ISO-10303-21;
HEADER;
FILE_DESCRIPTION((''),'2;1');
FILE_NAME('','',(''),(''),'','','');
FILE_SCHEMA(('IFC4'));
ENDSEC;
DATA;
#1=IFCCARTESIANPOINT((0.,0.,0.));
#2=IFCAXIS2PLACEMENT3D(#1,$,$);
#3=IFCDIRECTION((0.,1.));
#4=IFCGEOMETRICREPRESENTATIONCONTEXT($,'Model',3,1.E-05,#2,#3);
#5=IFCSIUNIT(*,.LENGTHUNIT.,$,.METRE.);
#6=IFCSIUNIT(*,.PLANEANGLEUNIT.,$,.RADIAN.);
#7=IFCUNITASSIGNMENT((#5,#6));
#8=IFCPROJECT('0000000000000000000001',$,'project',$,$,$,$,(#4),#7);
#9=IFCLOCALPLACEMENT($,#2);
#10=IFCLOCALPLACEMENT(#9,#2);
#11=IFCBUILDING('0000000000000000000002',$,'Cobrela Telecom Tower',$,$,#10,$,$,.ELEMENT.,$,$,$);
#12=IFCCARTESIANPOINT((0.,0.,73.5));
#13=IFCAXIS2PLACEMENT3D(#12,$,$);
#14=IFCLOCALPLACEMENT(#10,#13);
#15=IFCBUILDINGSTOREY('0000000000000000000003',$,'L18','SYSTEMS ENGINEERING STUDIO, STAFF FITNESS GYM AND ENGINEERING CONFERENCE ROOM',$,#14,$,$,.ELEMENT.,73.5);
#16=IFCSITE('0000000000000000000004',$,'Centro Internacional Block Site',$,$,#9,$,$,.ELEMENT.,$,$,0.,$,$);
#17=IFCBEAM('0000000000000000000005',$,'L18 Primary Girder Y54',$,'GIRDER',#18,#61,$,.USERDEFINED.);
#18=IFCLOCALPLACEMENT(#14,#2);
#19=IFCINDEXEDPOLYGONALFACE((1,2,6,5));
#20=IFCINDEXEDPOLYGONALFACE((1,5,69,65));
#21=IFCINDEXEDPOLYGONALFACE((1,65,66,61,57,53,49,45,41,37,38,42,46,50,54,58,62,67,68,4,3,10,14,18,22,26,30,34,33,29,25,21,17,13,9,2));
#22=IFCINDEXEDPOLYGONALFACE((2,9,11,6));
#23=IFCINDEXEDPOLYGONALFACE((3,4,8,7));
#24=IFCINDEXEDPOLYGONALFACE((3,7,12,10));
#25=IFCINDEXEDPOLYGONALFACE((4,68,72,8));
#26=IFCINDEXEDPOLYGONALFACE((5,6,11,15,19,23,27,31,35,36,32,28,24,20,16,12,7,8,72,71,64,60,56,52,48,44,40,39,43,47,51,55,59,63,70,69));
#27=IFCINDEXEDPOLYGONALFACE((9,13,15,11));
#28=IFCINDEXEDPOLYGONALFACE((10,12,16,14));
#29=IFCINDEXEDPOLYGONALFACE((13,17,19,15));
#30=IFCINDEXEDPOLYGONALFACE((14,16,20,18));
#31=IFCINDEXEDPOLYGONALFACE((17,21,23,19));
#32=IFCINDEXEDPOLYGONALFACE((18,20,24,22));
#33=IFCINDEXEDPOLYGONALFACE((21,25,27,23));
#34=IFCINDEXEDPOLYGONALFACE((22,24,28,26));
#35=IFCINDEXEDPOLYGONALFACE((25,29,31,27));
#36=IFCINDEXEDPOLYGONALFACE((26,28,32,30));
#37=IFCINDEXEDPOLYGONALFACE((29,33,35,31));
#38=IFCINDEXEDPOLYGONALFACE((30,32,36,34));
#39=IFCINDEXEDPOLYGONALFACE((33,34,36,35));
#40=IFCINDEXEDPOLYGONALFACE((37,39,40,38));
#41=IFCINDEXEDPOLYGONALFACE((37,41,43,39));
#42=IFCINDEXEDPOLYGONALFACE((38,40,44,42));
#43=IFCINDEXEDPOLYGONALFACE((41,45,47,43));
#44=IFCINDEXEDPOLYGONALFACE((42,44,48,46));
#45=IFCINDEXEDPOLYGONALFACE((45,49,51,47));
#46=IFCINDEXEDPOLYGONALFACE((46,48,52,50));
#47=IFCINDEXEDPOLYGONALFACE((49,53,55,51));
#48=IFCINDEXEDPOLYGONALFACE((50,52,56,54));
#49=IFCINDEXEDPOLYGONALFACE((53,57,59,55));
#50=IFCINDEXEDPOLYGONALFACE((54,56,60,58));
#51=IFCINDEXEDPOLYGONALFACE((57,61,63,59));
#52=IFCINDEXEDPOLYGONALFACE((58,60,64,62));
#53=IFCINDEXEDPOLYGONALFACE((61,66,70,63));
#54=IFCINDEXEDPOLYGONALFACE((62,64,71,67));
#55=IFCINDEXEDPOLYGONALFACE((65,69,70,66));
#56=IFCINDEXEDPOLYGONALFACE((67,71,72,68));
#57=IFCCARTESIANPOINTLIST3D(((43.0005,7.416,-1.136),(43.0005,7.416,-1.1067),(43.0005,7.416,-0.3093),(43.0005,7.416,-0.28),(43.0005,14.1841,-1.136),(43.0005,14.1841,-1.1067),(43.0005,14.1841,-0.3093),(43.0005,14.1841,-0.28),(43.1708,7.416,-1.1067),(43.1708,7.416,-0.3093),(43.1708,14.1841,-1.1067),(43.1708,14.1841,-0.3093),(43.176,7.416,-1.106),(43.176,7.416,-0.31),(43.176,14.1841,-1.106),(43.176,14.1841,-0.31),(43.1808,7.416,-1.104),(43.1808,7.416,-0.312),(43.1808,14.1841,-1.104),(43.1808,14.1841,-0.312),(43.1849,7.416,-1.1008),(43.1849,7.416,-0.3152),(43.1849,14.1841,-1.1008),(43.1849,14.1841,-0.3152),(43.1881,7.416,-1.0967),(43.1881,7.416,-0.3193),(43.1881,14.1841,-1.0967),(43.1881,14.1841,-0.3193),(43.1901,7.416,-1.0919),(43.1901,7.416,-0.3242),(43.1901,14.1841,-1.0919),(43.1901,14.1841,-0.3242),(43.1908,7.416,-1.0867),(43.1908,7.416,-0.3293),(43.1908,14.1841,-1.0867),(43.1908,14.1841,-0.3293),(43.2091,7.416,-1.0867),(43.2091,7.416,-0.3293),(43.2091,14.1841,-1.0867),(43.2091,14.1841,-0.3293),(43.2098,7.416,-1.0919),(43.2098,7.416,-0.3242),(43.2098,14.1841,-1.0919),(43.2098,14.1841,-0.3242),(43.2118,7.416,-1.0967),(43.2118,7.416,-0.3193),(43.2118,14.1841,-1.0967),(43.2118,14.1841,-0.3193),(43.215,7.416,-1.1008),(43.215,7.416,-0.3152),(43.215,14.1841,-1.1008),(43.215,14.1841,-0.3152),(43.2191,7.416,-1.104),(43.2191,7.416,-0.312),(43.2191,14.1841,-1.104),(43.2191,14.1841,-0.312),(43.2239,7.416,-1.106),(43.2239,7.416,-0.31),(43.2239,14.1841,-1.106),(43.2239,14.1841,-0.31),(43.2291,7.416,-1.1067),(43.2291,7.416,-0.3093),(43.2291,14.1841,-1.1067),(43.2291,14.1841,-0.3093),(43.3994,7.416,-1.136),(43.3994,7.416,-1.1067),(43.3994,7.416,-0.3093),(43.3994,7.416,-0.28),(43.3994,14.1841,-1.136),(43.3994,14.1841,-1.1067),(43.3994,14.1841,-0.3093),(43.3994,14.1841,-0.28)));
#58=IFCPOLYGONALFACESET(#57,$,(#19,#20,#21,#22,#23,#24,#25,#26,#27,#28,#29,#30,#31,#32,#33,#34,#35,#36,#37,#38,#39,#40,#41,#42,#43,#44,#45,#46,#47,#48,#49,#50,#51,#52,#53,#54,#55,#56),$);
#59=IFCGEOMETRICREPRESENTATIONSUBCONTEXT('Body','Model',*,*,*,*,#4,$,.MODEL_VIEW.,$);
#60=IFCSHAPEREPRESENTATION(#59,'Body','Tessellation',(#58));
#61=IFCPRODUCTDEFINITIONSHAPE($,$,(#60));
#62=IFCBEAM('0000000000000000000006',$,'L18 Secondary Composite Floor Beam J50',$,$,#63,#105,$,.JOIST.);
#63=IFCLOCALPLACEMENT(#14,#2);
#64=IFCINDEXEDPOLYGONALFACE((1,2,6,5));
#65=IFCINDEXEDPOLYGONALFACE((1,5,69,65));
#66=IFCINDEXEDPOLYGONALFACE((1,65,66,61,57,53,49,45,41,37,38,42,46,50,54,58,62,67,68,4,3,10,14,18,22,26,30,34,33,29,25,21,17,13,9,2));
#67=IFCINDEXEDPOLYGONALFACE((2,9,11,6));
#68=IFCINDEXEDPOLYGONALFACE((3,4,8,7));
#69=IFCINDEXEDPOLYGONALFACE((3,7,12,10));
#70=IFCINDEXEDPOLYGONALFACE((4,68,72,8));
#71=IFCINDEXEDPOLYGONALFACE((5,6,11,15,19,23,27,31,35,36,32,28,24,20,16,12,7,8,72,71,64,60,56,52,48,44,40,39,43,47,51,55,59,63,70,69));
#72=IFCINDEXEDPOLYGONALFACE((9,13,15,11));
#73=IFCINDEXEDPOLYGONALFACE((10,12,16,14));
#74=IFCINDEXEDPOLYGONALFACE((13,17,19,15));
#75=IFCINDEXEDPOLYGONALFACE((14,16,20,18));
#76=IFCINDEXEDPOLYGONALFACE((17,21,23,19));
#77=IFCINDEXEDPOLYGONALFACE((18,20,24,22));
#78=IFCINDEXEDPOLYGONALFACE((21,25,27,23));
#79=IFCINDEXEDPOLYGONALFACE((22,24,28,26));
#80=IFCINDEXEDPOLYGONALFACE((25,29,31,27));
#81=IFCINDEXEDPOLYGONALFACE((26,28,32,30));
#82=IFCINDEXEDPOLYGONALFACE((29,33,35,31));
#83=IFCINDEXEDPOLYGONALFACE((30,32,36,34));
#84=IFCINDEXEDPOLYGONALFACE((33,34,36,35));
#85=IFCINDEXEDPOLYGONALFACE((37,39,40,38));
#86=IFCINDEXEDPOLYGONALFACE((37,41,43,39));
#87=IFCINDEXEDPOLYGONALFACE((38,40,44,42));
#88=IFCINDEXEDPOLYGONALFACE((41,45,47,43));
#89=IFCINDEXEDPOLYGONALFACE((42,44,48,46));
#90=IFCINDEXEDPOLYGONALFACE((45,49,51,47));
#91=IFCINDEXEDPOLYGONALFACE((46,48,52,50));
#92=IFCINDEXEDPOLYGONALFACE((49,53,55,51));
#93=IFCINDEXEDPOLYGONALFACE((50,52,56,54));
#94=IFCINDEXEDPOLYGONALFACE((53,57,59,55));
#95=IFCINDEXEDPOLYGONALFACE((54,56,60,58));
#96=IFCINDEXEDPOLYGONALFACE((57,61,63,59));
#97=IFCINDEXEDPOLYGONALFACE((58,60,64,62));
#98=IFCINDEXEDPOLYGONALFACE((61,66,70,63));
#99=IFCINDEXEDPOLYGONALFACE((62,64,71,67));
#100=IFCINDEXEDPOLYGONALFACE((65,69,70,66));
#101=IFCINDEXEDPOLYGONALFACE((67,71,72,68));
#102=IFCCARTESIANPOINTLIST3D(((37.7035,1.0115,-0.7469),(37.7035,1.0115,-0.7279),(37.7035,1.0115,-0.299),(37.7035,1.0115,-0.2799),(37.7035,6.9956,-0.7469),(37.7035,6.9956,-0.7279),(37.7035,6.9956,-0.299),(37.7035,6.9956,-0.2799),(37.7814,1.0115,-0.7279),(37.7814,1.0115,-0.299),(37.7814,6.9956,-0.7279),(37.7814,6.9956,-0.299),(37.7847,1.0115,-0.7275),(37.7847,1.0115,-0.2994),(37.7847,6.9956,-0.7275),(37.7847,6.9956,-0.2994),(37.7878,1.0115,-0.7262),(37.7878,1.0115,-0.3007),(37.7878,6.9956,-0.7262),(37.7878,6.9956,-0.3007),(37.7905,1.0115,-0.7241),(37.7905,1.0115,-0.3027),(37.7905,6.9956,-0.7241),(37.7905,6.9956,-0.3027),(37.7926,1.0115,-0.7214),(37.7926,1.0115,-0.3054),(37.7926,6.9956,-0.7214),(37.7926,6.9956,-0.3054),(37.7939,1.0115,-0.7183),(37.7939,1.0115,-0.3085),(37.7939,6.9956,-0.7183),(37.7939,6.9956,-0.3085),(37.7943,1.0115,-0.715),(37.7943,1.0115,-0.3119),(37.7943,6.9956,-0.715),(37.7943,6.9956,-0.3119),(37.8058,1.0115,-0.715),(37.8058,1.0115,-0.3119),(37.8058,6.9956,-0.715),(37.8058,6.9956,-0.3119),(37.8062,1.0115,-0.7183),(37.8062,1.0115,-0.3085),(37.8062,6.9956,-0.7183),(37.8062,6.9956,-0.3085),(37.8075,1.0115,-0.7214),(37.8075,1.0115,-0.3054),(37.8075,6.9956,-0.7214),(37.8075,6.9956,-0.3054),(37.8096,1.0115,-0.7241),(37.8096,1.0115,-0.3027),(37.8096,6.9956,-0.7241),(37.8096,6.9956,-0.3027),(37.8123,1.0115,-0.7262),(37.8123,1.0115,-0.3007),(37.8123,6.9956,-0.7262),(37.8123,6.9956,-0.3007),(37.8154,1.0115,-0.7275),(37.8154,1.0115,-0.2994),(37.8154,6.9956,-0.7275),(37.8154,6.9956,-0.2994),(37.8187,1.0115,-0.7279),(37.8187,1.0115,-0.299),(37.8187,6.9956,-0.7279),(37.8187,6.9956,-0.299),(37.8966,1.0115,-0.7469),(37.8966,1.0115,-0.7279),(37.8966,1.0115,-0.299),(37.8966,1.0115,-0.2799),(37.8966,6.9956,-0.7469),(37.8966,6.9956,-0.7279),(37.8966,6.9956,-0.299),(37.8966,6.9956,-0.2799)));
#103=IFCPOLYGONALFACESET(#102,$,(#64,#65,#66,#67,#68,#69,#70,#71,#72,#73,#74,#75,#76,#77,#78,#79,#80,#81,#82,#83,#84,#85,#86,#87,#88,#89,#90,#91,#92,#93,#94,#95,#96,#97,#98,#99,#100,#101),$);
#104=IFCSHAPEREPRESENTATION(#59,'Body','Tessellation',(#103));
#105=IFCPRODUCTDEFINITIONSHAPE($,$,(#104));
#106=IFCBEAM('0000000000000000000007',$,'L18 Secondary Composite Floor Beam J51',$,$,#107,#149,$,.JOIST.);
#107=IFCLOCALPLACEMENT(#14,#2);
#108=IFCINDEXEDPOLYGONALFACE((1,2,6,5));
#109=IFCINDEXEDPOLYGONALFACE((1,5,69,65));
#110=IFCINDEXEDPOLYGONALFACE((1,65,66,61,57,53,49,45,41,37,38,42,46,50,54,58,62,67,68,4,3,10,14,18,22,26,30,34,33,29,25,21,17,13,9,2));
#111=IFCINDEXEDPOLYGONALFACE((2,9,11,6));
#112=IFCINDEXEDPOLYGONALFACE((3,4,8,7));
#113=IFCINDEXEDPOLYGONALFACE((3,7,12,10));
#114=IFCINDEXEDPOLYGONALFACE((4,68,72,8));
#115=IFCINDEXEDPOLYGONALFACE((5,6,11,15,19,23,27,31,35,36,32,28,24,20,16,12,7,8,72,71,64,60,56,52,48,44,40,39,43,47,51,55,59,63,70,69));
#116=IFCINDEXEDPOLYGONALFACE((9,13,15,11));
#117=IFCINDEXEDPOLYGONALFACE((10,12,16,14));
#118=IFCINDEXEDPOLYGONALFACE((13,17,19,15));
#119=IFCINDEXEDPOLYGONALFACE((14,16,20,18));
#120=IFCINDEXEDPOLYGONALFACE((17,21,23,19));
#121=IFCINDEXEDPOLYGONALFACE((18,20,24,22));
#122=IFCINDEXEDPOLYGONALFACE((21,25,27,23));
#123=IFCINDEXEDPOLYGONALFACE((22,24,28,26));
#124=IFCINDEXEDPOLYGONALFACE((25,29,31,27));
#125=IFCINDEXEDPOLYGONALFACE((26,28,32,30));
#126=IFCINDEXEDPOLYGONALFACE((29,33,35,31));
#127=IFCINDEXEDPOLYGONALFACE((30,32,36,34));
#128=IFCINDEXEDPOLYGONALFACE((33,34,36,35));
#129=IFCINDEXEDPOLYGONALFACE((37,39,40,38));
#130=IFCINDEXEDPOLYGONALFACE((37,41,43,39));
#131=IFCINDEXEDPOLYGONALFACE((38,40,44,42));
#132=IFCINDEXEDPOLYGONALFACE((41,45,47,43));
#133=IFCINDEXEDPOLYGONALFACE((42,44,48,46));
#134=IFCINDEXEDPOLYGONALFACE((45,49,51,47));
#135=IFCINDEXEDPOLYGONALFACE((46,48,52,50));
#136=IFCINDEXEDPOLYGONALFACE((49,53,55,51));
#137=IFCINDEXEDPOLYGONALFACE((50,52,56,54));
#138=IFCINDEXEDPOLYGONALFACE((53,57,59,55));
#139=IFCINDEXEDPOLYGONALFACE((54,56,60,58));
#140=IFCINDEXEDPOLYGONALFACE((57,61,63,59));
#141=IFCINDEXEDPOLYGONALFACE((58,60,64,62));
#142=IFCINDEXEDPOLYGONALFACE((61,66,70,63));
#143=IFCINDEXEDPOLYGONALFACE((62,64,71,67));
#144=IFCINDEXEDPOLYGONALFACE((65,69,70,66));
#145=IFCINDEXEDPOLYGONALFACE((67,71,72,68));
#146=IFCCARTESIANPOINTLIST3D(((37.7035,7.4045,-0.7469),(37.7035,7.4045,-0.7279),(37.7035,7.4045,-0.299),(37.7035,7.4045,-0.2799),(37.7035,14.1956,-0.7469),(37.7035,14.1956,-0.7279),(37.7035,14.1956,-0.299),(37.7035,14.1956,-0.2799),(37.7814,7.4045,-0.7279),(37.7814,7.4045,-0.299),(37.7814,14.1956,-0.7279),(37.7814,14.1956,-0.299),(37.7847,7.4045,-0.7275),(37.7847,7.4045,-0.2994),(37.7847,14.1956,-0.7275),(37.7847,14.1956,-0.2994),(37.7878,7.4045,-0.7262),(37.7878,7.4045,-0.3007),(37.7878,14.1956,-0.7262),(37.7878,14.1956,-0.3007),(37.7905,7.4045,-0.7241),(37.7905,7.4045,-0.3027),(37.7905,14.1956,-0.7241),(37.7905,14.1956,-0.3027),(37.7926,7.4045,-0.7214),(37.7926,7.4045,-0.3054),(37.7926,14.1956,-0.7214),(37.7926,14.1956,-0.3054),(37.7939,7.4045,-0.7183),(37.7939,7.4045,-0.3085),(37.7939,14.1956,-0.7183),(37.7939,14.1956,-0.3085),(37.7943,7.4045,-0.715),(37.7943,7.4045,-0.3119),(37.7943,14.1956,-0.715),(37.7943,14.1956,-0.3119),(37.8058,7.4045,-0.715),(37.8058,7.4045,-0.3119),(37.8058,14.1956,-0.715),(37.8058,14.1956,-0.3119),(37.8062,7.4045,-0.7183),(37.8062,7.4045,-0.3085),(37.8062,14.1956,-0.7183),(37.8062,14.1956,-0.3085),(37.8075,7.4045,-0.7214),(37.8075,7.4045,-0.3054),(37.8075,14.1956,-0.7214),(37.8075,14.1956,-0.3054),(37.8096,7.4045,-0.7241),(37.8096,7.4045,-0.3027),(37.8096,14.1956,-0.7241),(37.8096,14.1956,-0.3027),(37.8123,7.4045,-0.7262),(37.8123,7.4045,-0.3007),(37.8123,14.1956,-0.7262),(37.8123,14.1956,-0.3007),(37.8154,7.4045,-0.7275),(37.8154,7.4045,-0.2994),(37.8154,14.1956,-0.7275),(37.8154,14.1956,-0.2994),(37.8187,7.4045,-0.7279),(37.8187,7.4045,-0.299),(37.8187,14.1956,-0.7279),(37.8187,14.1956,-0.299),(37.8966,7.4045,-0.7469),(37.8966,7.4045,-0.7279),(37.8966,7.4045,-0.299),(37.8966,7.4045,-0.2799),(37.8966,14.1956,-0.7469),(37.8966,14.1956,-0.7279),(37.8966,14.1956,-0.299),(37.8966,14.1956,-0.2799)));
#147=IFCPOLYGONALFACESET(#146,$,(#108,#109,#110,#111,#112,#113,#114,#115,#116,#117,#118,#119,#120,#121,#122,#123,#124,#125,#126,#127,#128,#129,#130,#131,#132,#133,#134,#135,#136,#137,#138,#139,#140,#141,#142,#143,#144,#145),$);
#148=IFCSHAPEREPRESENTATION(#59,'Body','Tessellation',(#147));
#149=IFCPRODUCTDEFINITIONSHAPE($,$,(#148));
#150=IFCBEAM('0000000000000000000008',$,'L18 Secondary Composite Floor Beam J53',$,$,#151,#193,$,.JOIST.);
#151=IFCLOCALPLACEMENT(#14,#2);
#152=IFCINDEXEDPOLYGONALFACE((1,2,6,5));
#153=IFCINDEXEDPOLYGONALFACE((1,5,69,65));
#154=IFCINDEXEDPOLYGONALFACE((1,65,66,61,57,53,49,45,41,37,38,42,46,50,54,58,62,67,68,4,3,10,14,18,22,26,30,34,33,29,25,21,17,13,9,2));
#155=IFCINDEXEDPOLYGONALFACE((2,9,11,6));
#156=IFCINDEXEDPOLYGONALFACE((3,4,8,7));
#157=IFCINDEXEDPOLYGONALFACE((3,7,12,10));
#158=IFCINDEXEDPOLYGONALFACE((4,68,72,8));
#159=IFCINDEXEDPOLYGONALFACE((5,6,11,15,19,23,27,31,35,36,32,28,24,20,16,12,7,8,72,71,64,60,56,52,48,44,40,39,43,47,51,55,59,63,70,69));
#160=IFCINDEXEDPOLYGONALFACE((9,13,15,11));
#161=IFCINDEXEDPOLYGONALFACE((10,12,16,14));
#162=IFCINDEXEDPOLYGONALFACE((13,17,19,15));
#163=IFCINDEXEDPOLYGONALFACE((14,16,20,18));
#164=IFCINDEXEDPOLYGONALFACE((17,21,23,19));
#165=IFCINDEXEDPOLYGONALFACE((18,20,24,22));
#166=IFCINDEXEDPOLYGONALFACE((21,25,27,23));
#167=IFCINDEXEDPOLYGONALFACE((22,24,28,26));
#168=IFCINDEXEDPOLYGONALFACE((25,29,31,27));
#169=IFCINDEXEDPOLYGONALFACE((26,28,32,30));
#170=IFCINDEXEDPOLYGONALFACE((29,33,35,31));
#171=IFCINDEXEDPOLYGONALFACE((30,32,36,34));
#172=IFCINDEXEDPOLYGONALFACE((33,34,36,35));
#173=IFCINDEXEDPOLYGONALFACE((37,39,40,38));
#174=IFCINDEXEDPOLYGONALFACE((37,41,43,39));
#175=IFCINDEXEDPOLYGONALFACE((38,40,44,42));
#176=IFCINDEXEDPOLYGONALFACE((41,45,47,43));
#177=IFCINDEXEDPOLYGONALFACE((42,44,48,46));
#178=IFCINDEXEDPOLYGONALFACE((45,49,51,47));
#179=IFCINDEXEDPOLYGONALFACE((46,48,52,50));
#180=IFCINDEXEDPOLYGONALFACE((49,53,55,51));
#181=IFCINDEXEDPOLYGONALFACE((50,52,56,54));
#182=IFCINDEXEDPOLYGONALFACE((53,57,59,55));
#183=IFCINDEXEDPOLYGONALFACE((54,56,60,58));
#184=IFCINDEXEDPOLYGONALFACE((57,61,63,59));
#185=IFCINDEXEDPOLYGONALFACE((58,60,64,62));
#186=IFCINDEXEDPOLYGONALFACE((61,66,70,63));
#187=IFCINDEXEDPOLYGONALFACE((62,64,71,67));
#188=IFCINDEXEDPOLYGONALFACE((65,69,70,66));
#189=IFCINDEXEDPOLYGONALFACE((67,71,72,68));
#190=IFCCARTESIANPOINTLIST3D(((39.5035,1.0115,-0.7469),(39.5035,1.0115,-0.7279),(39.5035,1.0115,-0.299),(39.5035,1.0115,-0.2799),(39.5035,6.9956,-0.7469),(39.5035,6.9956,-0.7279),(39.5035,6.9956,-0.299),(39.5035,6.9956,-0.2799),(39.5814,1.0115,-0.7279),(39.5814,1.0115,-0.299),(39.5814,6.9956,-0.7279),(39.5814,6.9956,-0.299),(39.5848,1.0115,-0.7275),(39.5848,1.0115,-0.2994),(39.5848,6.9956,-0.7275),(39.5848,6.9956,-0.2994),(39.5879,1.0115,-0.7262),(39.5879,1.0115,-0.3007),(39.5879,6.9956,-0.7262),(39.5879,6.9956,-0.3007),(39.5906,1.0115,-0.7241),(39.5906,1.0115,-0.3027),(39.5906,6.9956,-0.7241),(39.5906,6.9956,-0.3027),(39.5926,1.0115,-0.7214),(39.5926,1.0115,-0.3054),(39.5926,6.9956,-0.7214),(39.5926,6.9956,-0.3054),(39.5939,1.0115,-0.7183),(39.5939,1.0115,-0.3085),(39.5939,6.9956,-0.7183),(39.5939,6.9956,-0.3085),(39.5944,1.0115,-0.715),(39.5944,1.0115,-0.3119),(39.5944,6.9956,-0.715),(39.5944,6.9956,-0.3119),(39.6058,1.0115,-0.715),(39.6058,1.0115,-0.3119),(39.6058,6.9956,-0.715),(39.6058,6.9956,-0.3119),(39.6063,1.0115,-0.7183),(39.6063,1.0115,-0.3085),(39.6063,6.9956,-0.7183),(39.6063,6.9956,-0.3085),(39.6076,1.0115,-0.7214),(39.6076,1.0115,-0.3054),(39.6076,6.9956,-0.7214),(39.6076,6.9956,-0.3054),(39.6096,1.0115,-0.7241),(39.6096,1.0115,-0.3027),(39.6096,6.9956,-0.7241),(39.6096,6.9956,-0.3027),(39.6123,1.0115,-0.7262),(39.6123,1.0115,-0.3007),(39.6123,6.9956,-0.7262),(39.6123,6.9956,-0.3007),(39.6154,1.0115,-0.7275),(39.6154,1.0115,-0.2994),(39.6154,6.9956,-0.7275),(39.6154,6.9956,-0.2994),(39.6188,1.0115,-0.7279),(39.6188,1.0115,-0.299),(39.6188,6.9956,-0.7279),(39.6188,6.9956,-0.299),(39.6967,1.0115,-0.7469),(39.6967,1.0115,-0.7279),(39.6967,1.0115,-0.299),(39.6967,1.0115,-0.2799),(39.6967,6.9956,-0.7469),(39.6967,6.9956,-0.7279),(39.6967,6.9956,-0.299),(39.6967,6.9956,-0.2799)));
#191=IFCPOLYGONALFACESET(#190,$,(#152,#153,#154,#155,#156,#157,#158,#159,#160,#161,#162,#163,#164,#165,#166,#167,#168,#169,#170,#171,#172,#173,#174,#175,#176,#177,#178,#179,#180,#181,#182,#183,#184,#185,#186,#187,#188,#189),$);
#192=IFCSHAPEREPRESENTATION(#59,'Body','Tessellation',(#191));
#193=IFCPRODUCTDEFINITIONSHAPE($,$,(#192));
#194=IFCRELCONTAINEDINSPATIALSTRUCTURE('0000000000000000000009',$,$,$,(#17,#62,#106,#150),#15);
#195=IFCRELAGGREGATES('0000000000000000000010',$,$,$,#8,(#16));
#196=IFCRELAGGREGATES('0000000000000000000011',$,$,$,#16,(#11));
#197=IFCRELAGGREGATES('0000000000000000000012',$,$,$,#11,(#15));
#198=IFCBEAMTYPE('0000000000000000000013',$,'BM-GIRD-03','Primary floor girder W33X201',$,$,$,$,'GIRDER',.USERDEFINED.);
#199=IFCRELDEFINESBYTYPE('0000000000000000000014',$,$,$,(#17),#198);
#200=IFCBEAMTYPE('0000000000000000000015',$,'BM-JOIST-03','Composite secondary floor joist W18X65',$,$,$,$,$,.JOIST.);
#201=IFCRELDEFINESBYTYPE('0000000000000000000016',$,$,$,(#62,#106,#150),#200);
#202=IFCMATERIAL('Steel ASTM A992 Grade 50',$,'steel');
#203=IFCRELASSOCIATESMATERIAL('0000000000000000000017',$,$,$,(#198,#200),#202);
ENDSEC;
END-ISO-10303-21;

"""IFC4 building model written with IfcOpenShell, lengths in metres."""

from ifc_helpers import new_model, si_unit, direction, frame, origin, origin_2d, place, context, subcontext, project, spatial, i_section, extrude, material, material_profile, profile_set, type_object, element, save


model = new_model("IFC4")

# Units and contexts
model_context = context("Model", 3, precision=1e-05, world=origin(), true_north=direction((0.0, 1.0)))
body_context = subcontext(model_context, "Body", "Model", "MODEL_VIEW")
ifc_project = project(units=[si_unit("LENGTHUNIT", "METRE"), si_unit("PLANEANGLEUNIT", "RADIAN")], contexts=[model_context])

# Site, building, storey
site_placement = place(None, origin())
site = spatial("IfcSite", under=ifc_project, at=site_placement, Name="Centro Internacional Block Site", CompositionType="ELEMENT", RefElevation=0.0)
building_placement = place(site_placement, origin())
building = spatial("IfcBuilding", under=site, at=building_placement, Name="Cobrela Telecom Tower", CompositionType="ELEMENT")
storey_placement = place(building_placement, frame((0.0, 0.0, 73.5)))
storey = spatial("IfcBuildingStorey", under=building, at=storey_placement, Name="L18", Description="SYSTEMS ENGINEERING STUDIO, STAFF FITNESS GYM AND ENGINEERING CONFERENCE ROOM", CompositionType="ELEMENT", Elevation=73.5)

# Shared definitions
ifc_material_1 = material(Name="Steel ASTM A992 Grade 50", Category="steel")

# Beams
ifc_material_profile_1 = material_profile(ifc_material_1, i_section(OverallWidth=0.3989, OverallDepth=0.856, WebThickness=0.0183, FlangeThickness=0.0293, FilletRadius=0.02, at=origin_2d()), Name="W33X201")
ifc_profile_set_1 = profile_set([ifc_material_profile_1], Name="Steel ASTM A992 Grade 50")
beam_type_1 = type_object("IfcBeamType", Name="BM-GIRD-03", Description="Primary floor girder W33X201", ElementType="GIRDER", PredefinedType="USERDEFINED", material=ifc_profile_set_1)
beam_1_placement = place(storey_placement, frame((43.2, 7.416, -0.708), z_axis=(0.0, 1.0, 0.0), x_axis=(-1.0, 0.0, 0.0)))
element("IfcBeam", 1, at=beam_1_placement, inside=storey, type_object=beam_type_1, Name="L18 Primary Girder Y54", ObjectType="GIRDER", PredefinedType="USERDEFINED", context=body_context, shape_type="SweptSolid", body=[
    extrude(i_section(OverallWidth=0.3989, OverallDepth=0.856, WebThickness=0.0183, FlangeThickness=0.0293, FilletRadius=0.02, at=origin_2d()), origin(), (0.0, 0.0, 1.0), 6.7681),
])
ifc_material_profile_2 = material_profile(ifc_material_1, i_section(OverallWidth=0.1931, OverallDepth=0.467, WebThickness=0.0115, FlangeThickness=0.019, FilletRadius=0.0129, at=origin_2d()), Name="W18X65")
ifc_profile_set_2 = profile_set([ifc_material_profile_2], Name="Steel ASTM A992 Grade 50")
beam_type_2 = type_object("IfcBeamType", Name="BM-JOIST-03", Description="Composite secondary floor joist W18X65", PredefinedType="JOIST", material=ifc_profile_set_2)
beam_2_placement = place(storey_placement, frame((37.8, 1.0115, -0.5134), z_axis=(0.0, 1.0, 0.0), x_axis=(-1.0, 0.0, 0.0)))
element("IfcBeam", 2, at=beam_2_placement, inside=storey, type_object=beam_type_2, Name="L18 Secondary Composite Floor Beam J50", PredefinedType="JOIST", context=body_context, shape_type="SweptSolid", body=[
    extrude(i_section(OverallWidth=0.1931, OverallDepth=0.467, WebThickness=0.0115, FlangeThickness=0.019, FilletRadius=0.0129, at=origin_2d()), origin(), (0.0, 0.0, 1.0), 5.9841),
])
beam_3_placement = place(storey_placement, frame((37.8, 7.4045, -0.5134), z_axis=(0.0, 1.0, 0.0), x_axis=(-1.0, 0.0, 0.0)))
element("IfcBeam", 3, at=beam_3_placement, inside=storey, type_object=beam_type_2, Name="L18 Secondary Composite Floor Beam J51", PredefinedType="JOIST", context=body_context, shape_type="SweptSolid", body=[
    extrude(i_section(OverallWidth=0.1931, OverallDepth=0.467, WebThickness=0.0115, FlangeThickness=0.019, FilletRadius=0.0129, at=origin_2d()), origin(), (0.0, 0.0, 1.0), 6.791),
])
beam_4_placement = place(storey_placement, frame((39.6001, 1.0115, -0.5134), z_axis=(0.0, 1.0, 0.0), x_axis=(-1.0, 0.0, 0.0)))
element("IfcBeam", 4, at=beam_4_placement, inside=storey, type_object=beam_type_2, Name="L18 Secondary Composite Floor Beam J53", PredefinedType="JOIST", context=body_context, shape_type="SweptSolid", body=[
    extrude(i_section(OverallWidth=0.1931, OverallDepth=0.467, WebThickness=0.0115, FlangeThickness=0.019, FilletRadius=0.0129, at=origin_2d()), origin(), (0.0, 0.0, 1.0), 5.9841),
])

save(model, "model.ifc")
